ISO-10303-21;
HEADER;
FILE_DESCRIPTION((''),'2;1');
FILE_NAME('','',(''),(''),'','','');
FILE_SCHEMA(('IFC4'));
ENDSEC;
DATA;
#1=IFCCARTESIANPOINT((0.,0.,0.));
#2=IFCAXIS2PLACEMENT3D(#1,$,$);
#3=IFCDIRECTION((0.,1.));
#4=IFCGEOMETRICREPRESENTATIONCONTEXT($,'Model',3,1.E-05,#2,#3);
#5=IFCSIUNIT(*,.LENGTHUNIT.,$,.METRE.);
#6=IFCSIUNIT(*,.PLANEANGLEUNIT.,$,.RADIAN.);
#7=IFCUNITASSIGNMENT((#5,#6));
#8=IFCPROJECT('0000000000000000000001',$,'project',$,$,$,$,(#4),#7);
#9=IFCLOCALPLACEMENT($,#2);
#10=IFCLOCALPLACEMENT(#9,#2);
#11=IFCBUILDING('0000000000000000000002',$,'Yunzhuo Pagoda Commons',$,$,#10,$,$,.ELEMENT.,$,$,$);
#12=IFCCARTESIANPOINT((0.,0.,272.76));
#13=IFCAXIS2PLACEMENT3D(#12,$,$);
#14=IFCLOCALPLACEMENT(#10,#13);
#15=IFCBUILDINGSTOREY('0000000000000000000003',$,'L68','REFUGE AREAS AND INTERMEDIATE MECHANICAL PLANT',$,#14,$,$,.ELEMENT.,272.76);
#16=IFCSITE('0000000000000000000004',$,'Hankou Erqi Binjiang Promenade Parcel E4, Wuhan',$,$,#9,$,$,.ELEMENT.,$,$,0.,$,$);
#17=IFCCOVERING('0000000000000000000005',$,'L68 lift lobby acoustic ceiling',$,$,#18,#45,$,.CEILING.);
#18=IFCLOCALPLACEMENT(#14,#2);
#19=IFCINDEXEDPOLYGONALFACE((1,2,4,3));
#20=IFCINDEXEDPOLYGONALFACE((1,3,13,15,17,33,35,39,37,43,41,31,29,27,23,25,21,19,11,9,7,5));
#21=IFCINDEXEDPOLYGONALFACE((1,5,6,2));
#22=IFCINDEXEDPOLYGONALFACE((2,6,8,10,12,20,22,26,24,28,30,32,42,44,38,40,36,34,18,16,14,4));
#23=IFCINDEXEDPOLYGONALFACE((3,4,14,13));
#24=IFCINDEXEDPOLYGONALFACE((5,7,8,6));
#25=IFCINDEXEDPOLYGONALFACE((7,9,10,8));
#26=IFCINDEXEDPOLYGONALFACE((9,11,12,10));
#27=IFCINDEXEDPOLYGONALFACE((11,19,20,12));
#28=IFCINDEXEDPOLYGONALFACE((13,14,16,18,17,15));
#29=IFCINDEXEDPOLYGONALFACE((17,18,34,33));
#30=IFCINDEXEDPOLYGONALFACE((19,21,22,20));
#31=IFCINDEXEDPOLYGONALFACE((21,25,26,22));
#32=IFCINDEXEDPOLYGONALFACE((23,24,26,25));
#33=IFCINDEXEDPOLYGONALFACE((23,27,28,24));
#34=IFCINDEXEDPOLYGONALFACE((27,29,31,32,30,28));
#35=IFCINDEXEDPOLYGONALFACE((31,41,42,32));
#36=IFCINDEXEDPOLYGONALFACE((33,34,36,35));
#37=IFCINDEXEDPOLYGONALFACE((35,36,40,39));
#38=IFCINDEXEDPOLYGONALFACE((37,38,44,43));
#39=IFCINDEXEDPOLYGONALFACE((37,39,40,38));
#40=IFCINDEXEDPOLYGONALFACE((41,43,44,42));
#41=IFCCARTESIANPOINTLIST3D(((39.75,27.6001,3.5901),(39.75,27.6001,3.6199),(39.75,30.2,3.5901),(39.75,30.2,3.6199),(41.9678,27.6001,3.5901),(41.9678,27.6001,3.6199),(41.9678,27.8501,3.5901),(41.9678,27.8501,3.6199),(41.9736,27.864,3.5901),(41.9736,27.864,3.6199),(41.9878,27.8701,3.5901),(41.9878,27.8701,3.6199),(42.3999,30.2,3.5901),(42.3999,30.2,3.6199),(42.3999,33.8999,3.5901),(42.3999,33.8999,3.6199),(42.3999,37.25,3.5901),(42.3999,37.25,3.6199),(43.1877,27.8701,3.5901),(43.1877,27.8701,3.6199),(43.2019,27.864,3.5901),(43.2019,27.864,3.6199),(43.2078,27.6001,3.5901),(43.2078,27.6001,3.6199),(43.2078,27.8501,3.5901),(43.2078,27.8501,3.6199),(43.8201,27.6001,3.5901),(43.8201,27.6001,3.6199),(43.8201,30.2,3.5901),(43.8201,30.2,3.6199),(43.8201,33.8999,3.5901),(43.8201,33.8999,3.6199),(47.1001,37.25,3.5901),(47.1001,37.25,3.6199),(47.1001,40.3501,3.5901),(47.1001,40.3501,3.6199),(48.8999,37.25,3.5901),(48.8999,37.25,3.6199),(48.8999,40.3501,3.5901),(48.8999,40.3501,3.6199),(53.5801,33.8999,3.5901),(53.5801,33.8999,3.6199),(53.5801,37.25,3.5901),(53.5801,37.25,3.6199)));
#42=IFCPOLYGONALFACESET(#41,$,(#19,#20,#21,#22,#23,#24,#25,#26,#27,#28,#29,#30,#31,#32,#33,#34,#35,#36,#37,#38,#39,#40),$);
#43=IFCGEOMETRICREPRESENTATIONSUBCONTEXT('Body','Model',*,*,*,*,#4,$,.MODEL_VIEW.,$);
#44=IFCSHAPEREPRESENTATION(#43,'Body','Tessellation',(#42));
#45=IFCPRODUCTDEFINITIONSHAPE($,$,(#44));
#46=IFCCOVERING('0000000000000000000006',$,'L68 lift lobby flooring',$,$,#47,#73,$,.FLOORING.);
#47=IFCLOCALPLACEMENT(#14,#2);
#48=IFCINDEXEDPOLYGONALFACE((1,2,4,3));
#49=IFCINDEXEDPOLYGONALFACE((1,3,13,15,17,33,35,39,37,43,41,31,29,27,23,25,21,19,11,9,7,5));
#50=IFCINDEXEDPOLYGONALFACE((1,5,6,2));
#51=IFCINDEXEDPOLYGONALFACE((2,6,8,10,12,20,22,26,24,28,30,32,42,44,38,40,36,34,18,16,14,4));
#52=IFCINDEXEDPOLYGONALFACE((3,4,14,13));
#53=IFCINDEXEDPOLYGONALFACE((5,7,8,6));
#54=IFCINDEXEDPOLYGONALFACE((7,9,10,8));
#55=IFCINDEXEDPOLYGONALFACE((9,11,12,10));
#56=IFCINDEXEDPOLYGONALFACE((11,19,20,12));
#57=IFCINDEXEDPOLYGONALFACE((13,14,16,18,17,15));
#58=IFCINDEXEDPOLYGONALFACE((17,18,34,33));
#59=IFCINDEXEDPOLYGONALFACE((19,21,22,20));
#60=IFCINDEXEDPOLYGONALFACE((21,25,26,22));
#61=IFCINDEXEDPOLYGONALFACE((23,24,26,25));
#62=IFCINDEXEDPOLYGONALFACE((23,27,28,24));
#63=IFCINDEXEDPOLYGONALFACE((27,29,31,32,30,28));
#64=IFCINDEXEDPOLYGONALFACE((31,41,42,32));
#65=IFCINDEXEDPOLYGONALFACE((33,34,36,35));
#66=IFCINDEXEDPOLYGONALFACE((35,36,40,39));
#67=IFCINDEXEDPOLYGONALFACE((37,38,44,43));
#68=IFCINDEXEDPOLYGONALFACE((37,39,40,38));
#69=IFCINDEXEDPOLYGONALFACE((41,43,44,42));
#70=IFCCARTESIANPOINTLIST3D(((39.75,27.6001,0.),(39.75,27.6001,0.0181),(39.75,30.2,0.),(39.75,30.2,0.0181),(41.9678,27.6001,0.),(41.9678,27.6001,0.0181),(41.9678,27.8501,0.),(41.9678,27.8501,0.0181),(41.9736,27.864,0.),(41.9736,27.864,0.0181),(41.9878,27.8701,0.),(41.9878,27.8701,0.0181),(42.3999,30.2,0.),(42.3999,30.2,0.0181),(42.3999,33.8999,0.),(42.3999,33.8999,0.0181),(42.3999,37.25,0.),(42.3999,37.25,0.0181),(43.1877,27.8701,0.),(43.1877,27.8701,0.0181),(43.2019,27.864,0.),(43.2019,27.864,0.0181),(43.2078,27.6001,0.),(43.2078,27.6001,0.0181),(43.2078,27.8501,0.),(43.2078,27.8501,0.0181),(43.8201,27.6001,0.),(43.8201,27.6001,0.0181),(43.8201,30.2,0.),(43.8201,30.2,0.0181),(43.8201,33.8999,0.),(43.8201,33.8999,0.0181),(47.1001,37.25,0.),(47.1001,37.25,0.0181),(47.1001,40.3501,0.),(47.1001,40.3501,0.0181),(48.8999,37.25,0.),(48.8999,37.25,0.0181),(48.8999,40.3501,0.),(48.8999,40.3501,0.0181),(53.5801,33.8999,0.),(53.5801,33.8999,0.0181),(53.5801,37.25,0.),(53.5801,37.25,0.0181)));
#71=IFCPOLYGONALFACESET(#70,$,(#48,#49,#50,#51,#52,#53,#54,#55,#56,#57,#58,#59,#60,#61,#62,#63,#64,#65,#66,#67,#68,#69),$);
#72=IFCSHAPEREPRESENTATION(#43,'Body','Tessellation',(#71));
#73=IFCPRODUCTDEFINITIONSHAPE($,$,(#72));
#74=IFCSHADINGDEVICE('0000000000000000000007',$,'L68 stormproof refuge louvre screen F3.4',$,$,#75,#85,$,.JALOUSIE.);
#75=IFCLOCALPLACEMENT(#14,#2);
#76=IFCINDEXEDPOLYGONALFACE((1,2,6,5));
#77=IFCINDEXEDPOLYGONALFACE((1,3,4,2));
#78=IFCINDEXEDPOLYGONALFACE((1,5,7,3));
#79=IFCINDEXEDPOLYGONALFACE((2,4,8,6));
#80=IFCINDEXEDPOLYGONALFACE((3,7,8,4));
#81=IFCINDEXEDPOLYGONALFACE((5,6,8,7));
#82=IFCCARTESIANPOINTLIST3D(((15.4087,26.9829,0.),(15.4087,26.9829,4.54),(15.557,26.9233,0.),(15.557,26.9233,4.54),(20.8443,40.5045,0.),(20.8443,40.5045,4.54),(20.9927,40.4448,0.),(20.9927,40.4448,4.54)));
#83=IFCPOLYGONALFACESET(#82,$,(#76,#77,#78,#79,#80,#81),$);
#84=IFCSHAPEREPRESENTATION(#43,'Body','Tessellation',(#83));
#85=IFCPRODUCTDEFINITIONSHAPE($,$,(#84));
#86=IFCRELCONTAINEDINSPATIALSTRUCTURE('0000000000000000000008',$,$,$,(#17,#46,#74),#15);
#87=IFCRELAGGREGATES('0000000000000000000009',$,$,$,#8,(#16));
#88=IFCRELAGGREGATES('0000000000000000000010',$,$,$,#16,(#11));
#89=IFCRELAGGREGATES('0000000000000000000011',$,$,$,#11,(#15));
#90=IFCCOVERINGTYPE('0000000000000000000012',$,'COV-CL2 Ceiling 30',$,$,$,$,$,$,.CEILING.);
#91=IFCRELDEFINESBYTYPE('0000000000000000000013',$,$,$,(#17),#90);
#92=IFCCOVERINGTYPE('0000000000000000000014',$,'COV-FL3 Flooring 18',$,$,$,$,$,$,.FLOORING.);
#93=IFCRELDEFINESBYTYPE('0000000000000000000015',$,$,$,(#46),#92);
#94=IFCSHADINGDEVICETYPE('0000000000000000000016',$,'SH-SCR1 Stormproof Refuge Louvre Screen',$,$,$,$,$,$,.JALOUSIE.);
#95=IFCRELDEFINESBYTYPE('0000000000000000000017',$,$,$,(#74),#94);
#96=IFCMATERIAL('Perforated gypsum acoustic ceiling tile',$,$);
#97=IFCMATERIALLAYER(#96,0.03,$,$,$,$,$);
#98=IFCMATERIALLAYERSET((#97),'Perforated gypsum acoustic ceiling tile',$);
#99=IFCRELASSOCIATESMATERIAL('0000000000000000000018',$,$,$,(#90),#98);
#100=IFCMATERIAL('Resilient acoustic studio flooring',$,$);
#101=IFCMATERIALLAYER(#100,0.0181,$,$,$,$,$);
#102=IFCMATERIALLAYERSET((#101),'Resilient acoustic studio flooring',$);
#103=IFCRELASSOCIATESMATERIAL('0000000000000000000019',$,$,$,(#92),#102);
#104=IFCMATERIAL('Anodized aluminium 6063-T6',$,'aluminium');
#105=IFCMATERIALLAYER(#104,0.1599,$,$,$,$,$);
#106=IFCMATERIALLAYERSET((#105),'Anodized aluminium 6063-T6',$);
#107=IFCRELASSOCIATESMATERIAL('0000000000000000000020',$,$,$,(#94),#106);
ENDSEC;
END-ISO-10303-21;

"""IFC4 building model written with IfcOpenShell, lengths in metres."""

from ifc_helpers import new_model, si_unit, direction, frame, origin, origin_2d, place, context, subcontext, project, spatial, polyline, rectangle, outline, extrude, source, transform, mapped, material, layer, layer_set, type_object, element, save


model = new_model("IFC4")

# Units and contexts
model_context = context("Model", 3, precision=1e-05, world=origin(), true_north=direction((0.0, 1.0)))
body_context = subcontext(model_context, "Body", "Model", "MODEL_VIEW")
ifc_project = project(units=[si_unit("LENGTHUNIT", "METRE"), si_unit("PLANEANGLEUNIT", "RADIAN")], contexts=[model_context])

# Site, building, storey
site_placement = place(None, origin())
site = spatial("IfcSite", under=ifc_project, at=site_placement, Name="Hankou Erqi Binjiang Promenade Parcel E4, Wuhan", CompositionType="ELEMENT", RefElevation=0.0)
building_placement = place(site_placement, origin())
building = spatial("IfcBuilding", under=site, at=building_placement, Name="Yunzhuo Pagoda Commons", CompositionType="ELEMENT")
storey_placement = place(building_placement, frame((0.0, 0.0, 272.76)))
storey = spatial("IfcBuildingStorey", under=building, at=storey_placement, Name="L68", Description="REFUGE AREAS AND INTERMEDIATE MECHANICAL PLANT", CompositionType="ELEMENT", Elevation=272.76)

# Coverings
ifc_material_1 = material(Name="Perforated gypsum acoustic ceiling tile")
ifc_layer_1 = layer(ifc_material_1, 0.03)
ifc_layer_set_1 = layer_set([ifc_layer_1], Name="Perforated gypsum acoustic ceiling tile")
covering_type_1 = type_object("IfcCoveringType", Name="COV-CL2 Ceiling 30", PredefinedType="CEILING", material=ifc_layer_set_1)
covering_1_placement = place(storey_placement, frame((0.0, 0.0, 3.5901)))
element("IfcCovering", 1, at=covering_1_placement, inside=storey, type_object=covering_type_1, Name="L68 lift lobby acoustic ceiling", PredefinedType="CEILING", context=body_context, shape_type="SweptSolid", body=[
    extrude(outline(polyline([(39.75, 30.2), (42.3999, 30.2), (42.3999, 33.8999), (42.3999, 37.25), (47.1001, 37.25), (47.1001, 40.3501), (48.8999, 40.3501), (48.8999, 37.25), (53.5801, 37.25), (53.5801, 33.8999), (43.8201, 33.8999), (43.8201, 30.2), (43.8201, 27.6001), (43.2078, 27.6001), (43.2078, 27.8501), (43.2019, 27.864), (43.1877, 27.8701), (41.9878, 27.8701), (41.9736, 27.864), (41.9678, 27.8501), (41.9678, 27.6001), (39.75, 27.6001), (39.75, 30.2)])), origin(), (0.0, 0.0, 1.0), 0.0298),
])
ifc_material_2 = material(Name="Resilient acoustic studio flooring")
ifc_layer_2 = layer(ifc_material_2, 0.0181)
ifc_layer_set_2 = layer_set([ifc_layer_2], Name="Resilient acoustic studio flooring")
covering_type_2 = type_object("IfcCoveringType", Name="COV-FL3 Flooring 18", PredefinedType="FLOORING", material=ifc_layer_set_2)
covering_2_placement = place(storey_placement, origin())
element("IfcCovering", 2, at=covering_2_placement, inside=storey, type_object=covering_type_2, Name="L68 lift lobby flooring", PredefinedType="FLOORING", context=body_context, shape_type="SweptSolid", body=[
    extrude(outline(polyline([(39.75, 30.2), (42.3999, 30.2), (42.3999, 33.8999), (42.3999, 37.25), (47.1001, 37.25), (47.1001, 40.3501), (48.8999, 40.3501), (48.8999, 37.25), (53.5801, 37.25), (53.5801, 33.8999), (43.8201, 33.8999), (43.8201, 30.2), (43.8201, 27.6001), (43.2078, 27.6001), (43.2078, 27.8501), (43.2019, 27.864), (43.1877, 27.8701), (41.9878, 27.8701), (41.9736, 27.864), (41.9678, 27.8501), (41.9678, 27.6001), (39.75, 27.6001), (39.75, 30.2)])), origin(), (0.0, 0.0, 1.0), 0.0181),
])

# Shared definitions
ifc_material_3 = material(Name="Anodized aluminium 6063-T6", Category="aluminium")

# Shading device
ifc_layer_3 = layer(ifc_material_3, 0.1599)
ifc_layer_set_3 = layer_set([ifc_layer_3], Name="Anodized aluminium 6063-T6")
shading_device_type = type_object("IfcShadingDeviceType", Name="SH-SCR1 Stormproof Refuge Louvre Screen", PredefinedType="JALOUSIE", material=ifc_layer_set_3)
shared_shape_1 = source(origin(), body_context, "Body", "SweptSolid", [
    extrude(rectangle(XDim=14.5732, YDim=0.1599, at=origin_2d()), origin(), (0.0, 0.0, 1.0), 4.54),
])
shading_device_placement = place(storey_placement, frame((18.2007, 33.7139, 0.0), z_axis=(0.0, 0.0, 1.0), x_axis=(-0.372988, -0.927836, 0.0)))
element("IfcShadingDevice", 3, at=shading_device_placement, inside=storey, type_object=shading_device_type, Name="L68 stormproof refuge louvre screen F3.4", PredefinedType="JALOUSIE", context=body_context, shape_type="MappedRepresentation", body=[
    mapped(shared_shape_1, transform((0.0, 0.0, 0.0), scale=1.0)),
])

save(model, "model.ifc")
